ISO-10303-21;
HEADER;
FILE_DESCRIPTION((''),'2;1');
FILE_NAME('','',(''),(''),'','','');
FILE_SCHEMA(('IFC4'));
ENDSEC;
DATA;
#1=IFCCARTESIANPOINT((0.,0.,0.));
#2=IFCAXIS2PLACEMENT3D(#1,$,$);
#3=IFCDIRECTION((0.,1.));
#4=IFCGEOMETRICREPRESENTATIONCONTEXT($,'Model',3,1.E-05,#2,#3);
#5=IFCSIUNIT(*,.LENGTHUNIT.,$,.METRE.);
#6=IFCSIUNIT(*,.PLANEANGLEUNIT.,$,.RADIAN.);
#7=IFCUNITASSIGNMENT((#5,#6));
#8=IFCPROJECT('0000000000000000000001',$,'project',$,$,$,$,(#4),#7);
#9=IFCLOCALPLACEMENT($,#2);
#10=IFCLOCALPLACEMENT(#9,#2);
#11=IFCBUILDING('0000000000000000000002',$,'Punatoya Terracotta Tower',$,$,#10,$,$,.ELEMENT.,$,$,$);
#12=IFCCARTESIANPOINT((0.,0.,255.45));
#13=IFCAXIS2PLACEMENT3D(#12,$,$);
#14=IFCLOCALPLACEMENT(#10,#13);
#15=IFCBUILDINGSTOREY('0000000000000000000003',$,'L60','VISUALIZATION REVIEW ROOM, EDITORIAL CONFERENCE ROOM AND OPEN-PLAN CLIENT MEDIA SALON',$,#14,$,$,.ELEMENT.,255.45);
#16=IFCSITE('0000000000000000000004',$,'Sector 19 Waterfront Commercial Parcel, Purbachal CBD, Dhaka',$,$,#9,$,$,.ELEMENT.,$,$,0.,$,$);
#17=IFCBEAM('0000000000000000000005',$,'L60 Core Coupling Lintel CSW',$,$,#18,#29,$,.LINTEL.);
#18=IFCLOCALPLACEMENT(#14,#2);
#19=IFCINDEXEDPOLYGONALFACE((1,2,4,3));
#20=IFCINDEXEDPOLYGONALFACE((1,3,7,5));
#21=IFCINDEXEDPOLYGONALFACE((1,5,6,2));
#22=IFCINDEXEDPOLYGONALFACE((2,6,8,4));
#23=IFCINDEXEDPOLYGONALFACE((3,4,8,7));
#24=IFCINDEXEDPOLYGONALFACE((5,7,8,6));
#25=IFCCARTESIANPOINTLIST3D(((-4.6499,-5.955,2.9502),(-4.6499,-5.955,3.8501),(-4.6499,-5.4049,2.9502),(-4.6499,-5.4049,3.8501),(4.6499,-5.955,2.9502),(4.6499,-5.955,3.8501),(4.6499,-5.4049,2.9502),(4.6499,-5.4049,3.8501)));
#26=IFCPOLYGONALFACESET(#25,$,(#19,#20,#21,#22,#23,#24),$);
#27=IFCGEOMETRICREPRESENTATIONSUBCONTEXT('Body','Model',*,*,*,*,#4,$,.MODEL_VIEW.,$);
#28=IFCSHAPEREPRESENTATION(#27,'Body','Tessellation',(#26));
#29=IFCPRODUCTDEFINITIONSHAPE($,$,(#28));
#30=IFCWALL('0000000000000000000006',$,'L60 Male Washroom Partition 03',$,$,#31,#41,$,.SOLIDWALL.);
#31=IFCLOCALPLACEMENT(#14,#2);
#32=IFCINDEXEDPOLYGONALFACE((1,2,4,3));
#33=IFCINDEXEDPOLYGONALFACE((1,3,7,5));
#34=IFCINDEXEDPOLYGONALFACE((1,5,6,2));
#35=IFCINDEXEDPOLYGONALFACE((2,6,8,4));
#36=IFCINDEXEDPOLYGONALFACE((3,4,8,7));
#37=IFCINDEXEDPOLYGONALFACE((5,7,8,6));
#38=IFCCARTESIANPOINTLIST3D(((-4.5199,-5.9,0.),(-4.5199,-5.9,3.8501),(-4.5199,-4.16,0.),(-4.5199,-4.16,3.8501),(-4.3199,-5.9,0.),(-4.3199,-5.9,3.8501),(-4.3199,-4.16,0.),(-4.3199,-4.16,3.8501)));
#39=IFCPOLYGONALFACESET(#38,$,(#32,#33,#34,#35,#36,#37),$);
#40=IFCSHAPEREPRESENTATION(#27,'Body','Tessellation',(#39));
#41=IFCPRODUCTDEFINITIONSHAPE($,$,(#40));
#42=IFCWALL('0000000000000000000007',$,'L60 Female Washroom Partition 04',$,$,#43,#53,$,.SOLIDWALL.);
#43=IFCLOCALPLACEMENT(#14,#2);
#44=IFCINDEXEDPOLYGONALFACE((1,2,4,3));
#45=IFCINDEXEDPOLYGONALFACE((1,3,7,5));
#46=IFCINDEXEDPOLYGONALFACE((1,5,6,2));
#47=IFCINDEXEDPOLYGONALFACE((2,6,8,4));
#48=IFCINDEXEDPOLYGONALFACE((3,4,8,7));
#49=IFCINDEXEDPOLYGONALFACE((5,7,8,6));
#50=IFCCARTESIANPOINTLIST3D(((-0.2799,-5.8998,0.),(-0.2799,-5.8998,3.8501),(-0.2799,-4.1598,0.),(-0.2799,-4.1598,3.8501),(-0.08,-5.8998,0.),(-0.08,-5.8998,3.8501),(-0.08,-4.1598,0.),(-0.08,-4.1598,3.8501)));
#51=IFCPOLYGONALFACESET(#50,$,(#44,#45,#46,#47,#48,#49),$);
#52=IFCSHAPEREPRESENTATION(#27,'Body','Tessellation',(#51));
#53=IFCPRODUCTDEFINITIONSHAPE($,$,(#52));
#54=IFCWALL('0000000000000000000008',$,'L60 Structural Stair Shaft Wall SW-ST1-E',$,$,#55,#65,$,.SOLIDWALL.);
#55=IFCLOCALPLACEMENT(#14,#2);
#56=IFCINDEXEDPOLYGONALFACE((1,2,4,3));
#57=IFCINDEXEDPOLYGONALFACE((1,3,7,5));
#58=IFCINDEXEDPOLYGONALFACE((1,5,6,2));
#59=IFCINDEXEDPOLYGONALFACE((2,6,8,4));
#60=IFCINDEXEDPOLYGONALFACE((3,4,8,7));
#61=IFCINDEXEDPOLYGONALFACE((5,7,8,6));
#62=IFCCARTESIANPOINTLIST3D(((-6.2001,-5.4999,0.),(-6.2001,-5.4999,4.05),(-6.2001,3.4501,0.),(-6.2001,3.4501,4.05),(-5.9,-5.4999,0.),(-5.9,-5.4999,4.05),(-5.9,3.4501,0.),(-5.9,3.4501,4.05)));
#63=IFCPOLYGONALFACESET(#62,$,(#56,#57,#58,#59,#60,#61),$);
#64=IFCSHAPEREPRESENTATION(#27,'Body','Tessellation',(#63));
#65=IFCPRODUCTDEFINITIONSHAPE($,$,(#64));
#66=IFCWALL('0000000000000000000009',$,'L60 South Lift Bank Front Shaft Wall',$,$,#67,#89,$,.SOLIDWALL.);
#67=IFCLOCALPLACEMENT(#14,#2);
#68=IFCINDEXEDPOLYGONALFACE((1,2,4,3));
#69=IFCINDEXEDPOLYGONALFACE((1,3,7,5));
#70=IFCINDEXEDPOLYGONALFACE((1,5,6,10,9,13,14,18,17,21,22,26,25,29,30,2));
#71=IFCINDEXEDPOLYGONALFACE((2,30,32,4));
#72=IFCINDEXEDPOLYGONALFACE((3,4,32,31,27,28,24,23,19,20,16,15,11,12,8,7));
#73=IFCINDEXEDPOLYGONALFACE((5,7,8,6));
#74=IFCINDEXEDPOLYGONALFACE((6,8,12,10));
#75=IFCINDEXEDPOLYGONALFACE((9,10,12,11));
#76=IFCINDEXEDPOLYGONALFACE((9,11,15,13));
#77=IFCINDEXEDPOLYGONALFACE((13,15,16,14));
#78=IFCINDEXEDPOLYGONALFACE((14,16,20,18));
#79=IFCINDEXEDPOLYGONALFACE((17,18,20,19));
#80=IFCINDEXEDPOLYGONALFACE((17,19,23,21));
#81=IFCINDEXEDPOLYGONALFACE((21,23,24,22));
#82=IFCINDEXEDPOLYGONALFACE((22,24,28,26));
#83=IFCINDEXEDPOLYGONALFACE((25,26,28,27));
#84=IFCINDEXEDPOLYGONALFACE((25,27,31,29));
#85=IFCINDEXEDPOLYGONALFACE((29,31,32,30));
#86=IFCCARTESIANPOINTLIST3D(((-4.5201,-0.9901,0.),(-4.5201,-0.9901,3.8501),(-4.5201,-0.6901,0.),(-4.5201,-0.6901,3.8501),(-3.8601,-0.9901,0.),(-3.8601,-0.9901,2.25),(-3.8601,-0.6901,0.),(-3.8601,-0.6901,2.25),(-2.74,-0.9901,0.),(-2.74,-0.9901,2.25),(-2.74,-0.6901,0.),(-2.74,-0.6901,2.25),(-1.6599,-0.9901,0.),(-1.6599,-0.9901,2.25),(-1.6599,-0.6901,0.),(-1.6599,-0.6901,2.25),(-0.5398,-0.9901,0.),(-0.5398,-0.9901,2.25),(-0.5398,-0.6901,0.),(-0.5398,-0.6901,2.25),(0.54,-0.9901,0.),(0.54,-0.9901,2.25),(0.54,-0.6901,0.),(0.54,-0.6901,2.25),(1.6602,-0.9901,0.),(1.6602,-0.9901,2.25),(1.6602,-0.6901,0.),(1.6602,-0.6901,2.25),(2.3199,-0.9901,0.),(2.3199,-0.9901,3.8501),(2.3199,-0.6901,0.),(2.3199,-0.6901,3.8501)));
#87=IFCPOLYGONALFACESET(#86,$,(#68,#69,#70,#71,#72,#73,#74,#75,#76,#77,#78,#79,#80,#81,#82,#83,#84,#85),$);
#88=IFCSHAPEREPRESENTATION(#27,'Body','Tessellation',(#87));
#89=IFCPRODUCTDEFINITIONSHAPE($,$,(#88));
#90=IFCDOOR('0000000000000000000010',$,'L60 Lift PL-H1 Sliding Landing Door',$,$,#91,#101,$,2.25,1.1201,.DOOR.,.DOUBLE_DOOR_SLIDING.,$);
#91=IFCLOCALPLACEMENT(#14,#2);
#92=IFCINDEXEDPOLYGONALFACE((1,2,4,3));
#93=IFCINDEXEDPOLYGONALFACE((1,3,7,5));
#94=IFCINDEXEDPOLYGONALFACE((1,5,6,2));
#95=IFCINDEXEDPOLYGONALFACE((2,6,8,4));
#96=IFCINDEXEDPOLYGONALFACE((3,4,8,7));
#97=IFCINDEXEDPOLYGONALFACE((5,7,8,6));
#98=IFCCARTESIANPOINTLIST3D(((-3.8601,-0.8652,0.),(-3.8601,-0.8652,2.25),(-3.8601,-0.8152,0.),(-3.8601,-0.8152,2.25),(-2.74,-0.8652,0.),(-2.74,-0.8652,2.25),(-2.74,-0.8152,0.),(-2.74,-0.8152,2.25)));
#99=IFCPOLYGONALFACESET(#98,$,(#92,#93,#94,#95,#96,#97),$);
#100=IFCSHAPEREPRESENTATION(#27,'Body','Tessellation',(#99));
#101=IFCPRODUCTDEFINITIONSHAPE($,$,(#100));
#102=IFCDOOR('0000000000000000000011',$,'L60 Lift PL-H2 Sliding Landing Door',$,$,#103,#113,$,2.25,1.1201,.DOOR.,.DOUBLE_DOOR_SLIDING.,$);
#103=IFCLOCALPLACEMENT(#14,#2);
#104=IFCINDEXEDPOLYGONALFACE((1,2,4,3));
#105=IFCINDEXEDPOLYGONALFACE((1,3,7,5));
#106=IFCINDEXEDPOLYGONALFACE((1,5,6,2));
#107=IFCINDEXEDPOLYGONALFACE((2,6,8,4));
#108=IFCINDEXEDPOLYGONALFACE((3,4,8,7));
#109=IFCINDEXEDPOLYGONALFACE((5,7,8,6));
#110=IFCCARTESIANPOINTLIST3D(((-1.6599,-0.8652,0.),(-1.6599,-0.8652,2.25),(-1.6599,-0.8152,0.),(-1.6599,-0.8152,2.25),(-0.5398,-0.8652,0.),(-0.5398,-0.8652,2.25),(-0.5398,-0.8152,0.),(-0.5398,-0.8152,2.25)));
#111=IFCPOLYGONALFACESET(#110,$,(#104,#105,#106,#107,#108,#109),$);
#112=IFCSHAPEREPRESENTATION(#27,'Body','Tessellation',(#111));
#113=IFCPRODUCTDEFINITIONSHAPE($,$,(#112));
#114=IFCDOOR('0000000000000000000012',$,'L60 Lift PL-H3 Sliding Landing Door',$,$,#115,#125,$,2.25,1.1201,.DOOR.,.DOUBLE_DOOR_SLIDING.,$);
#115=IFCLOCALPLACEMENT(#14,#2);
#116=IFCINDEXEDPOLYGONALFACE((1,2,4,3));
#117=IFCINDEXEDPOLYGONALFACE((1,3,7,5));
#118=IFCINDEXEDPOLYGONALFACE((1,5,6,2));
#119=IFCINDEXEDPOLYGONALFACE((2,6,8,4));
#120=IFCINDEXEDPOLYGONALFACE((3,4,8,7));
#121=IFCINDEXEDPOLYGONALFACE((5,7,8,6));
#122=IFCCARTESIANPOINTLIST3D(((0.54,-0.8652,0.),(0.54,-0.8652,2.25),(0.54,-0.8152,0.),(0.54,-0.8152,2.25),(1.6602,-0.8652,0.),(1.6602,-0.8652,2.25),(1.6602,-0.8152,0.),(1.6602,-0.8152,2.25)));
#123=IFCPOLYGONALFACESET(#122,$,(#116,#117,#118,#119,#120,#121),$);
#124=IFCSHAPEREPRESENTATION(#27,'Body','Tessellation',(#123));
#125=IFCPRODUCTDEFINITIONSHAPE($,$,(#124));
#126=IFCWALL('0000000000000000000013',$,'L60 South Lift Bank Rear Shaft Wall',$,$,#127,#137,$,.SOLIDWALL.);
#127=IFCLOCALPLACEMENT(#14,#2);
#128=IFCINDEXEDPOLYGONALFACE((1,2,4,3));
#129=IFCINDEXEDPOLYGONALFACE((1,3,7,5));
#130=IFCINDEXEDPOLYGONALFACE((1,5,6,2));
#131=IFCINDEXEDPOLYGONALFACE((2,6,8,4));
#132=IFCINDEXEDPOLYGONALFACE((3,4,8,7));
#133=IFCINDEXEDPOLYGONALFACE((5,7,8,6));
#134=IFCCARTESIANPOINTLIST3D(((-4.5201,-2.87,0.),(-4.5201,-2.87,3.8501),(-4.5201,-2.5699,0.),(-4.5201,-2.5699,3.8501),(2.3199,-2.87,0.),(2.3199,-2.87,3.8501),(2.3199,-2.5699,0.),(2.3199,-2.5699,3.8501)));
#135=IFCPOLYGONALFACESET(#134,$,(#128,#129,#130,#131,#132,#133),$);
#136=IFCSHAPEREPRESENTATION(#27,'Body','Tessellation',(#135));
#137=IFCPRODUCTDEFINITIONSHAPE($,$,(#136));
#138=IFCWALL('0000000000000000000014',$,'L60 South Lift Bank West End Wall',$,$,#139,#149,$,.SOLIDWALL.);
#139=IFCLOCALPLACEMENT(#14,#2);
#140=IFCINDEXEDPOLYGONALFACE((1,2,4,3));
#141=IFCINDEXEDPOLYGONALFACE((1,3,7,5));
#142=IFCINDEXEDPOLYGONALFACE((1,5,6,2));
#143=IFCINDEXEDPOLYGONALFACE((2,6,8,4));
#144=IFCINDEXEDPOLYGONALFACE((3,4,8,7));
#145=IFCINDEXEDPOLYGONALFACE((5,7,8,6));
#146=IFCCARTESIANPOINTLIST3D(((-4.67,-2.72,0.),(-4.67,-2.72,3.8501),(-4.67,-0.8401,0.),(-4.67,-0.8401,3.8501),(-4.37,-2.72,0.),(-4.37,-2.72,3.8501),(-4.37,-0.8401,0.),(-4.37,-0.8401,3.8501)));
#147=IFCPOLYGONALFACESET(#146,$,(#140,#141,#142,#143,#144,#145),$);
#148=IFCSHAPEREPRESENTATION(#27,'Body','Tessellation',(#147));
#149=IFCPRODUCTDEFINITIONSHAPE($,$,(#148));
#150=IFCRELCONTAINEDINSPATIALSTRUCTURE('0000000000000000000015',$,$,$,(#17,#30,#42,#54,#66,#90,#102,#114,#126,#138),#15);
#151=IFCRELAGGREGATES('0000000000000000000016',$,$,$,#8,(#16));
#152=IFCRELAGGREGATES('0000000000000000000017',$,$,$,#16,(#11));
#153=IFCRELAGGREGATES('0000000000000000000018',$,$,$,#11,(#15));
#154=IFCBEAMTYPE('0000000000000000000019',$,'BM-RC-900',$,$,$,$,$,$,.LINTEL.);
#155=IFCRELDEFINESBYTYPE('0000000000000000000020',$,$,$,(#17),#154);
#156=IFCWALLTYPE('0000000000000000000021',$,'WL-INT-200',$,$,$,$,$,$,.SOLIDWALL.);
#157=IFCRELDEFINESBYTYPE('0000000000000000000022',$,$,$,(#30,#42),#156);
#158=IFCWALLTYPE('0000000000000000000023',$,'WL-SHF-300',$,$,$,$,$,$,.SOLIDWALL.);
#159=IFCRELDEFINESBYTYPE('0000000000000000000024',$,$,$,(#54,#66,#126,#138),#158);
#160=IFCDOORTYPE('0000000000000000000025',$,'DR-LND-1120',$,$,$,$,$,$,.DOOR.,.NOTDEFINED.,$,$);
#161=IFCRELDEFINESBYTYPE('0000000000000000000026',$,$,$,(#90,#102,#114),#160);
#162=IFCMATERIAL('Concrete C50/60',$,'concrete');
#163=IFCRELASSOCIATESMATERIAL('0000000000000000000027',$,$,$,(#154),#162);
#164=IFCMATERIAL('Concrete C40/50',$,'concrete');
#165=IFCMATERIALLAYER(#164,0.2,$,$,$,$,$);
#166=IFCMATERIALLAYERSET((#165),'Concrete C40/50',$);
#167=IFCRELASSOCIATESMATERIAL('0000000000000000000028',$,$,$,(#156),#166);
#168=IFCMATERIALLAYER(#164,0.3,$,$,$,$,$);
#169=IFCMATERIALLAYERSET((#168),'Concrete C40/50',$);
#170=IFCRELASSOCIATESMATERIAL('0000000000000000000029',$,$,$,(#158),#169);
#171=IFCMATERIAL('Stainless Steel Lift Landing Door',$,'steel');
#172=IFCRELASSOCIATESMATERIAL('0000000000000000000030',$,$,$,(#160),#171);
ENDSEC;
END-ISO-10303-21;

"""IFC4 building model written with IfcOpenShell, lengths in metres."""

from ifc_helpers import new_model, si_unit, direction, frame, frame_2d, origin, origin_2d, place, context, subcontext, project, spatial, rectangle, extrude, material, layer, layer_set, material_profile, profile_set, type_object, element, fill, save


model = new_model("IFC4")

# Units and contexts
model_context = context("Model", 3, precision=1e-05, world=origin(), true_north=direction((0.0, 1.0)))
body_context = subcontext(model_context, "Body", "Model", "MODEL_VIEW")
ifc_project = project(units=[si_unit("LENGTHUNIT", "METRE"), si_unit("PLANEANGLEUNIT", "RADIAN")], contexts=[model_context])

# Site, building, storey
site_placement = place(None, origin())
site = spatial("IfcSite", under=ifc_project, at=site_placement, Name="Sector 19 Waterfront Commercial Parcel, Purbachal CBD, Dhaka", CompositionType="ELEMENT", RefElevation=0.0)
building_placement = place(site_placement, origin())
building = spatial("IfcBuilding", under=site, at=building_placement, Name="Punatoya Terracotta Tower", CompositionType="ELEMENT")
storey_placement = place(building_placement, frame((0.0, 0.0, 255.45)))
storey = spatial("IfcBuildingStorey", under=building, at=storey_placement, Name="L60", Description="VISUALIZATION REVIEW ROOM, EDITORIAL CONFERENCE ROOM AND OPEN-PLAN CLIENT MEDIA SALON", CompositionType="ELEMENT", Elevation=255.45)

# Beam
ifc_material_1 = material(Name="Concrete C50/60", Category="concrete")
ifc_material_profile = material_profile(ifc_material_1, rectangle(XDim=0.55, YDim=0.8999, at=origin_2d()))
ifc_profile_set = profile_set([ifc_material_profile], Name="Concrete C50/60")
beam_type = type_object("IfcBeamType", Name="BM-RC-900", PredefinedType="LINTEL", material=ifc_profile_set)
beam_placement = place(storey_placement, frame((-4.6499, -5.6799, 3.4001), z_axis=(1.0, 0.0, 0.0), x_axis=(0.0, 1.0, 0.0)))
element("IfcBeam", 1, at=beam_placement, inside=storey, type_object=beam_type, Name="L60 Core Coupling Lintel CSW", PredefinedType="LINTEL", context=body_context, shape_type="SweptSolid", body=[
    extrude(rectangle(XDim=0.55, YDim=0.8999, at=origin_2d()), origin(), (0.0, 0.0, 1.0), 9.2998),
])

# Shared definitions
ifc_material_2 = material(Name="Concrete C40/50", Category="concrete")
ifc_layer_1 = layer(ifc_material_2, 0.2)
ifc_layer_set_1 = layer_set([ifc_layer_1], Name="Concrete C40/50")
wall_type_1 = type_object("IfcWallType", Name="WL-INT-200", PredefinedType="SOLIDWALL", material=ifc_layer_set_1)

# Walls
for number, where, z_axis, x_axis, name in (
    (2, (-4.4199, -4.1599, 0.0), (0.0, 0.0, 1.0), (0.0, -1.0, 0.0), "L60 Male Washroom Partition 03"),
    (3, (-0.1799, -5.8999, 0.0), (0.0, 0.0, 1.0), (0.0, 1.0, 0.0), "L60 Female Washroom Partition 04"),
):
    element("IfcWall", number, at=place(storey_placement, frame(where, z_axis=z_axis, x_axis=x_axis)), inside=storey, type_object=wall_type_1, Name=name, PredefinedType="SOLIDWALL", context=body_context, shape_type="SweptSolid", body=[
        extrude(rectangle(XDim=1.74, YDim=0.2, at=frame_2d((0.8701, 0.0))), origin(), (0.0, 0.0, 1.0), 3.8501),
    ])

# Wall
ifc_layer_2 = layer(ifc_material_2, 0.3)
ifc_layer_set_2 = layer_set([ifc_layer_2], Name="Concrete C40/50")
wall_type_2 = type_object("IfcWallType", Name="WL-SHF-300", PredefinedType="SOLIDWALL", material=ifc_layer_set_2)
wall_1_placement = place(storey_placement, frame((-6.05, -5.5, 0.0), z_axis=(0.0, 0.0, 1.0), x_axis=(0.0, 1.0, 0.0)))
element("IfcWall", 4, at=wall_1_placement, inside=storey, type_object=wall_type_2, Name="L60 Structural Stair Shaft Wall SW-ST1-E", PredefinedType="SOLIDWALL", context=body_context, shape_type="SweptSolid", body=[
    extrude(rectangle(XDim=8.95, YDim=0.3, at=frame_2d((4.4751, 0.0))), origin(), (0.0, 0.0, 1.0), 4.05),
])

# Wall, openings, doors
wall_2_placement = place(storey_placement, frame((-4.52, -0.8401, 0.0), z_axis=(0.0, 0.0, 1.0), x_axis=(1.0, 0.0, 0.0)))
wall_2 = element("IfcWall", 5, at=wall_2_placement, inside=storey, type_object=wall_type_2, Name="L60 South Lift Bank Front Shaft Wall", PredefinedType="SOLIDWALL", context=body_context, shape_type="SweptSolid", body=[
    extrude(rectangle(XDim=6.8401, YDim=0.3, at=frame_2d((3.4199, 0.0))), origin(), (0.0, 0.0, 1.0), 3.8501),
])
opening_1_placement = place(wall_2_placement, frame((0.6599, 0.0, 0.0)))
opening_1 = element("IfcOpeningElement", 6, at=opening_1_placement, cuts=wall_2, PredefinedType="OPENING", context=body_context, shape_type="SweptSolid", body=[
    extrude(rectangle(XDim=1.1201, YDim=2.25, at=frame_2d((0.5601, 1.125))), frame((0.0, 0.1599, 0.0), z_axis=(0.0, -1.0, 0.0), x_axis=(1.0, 0.0, 0.0)), (0.0, 0.0, 1.0), 0.3201),
])
opening_2_placement = place(wall_2_placement, frame((2.8601, 0.0, 0.0)))
opening_2 = element("IfcOpeningElement", 7, at=opening_2_placement, cuts=wall_2, PredefinedType="OPENING", context=body_context, shape_type="SweptSolid", body=[
    extrude(rectangle(XDim=1.1201, YDim=2.25, at=frame_2d((0.5601, 1.125))), frame((0.0, 0.1599, 0.0), z_axis=(0.0, -1.0, 0.0), x_axis=(1.0, 0.0, 0.0)), (0.0, 0.0, 1.0), 0.3201),
])
opening_3_placement = place(wall_2_placement, frame((5.0601, 0.0, 0.0)))
opening_3 = element("IfcOpeningElement", 8, at=opening_3_placement, cuts=wall_2, PredefinedType="OPENING", context=body_context, shape_type="SweptSolid", body=[
    extrude(rectangle(XDim=1.1201, YDim=2.25, at=frame_2d((0.5601, 1.125))), frame((0.0, 0.1599, 0.0), z_axis=(0.0, -1.0, 0.0), x_axis=(1.0, 0.0, 0.0)), (0.0, 0.0, 1.0), 0.3201),
])
ifc_material_3 = material(Name="Stainless Steel Lift Landing Door", Category="steel")
door_type_1 = type_object("IfcDoorType", Name="DR-LND-1120", OperationType="NOTDEFINED", PredefinedType="DOOR", material=ifc_material_3)
door_1_placement = place(opening_1_placement, origin())
door_1 = element("IfcDoor", 9, at=door_1_placement, inside=storey, type_object=door_type_1, Name="L60 Lift PL-H1 Sliding Landing Door", OperationType="DOUBLE_DOOR_SLIDING", OverallHeight=2.25, OverallWidth=1.1201, PredefinedType="DOOR", context=body_context, shape_type="SweptSolid", body=[
    extrude(rectangle(XDim=1.1201, YDim=2.25, at=frame_2d((0.5601, 1.125))), frame((0.0, 0.0249, 0.0), z_axis=(0.0, -1.0, 0.0), x_axis=(1.0, 0.0, 0.0)), (0.0, 0.0, 1.0), 0.05),
])
fill(opening_1, door_1)
door_2_placement = place(opening_2_placement, origin())
door_2 = element("IfcDoor", 10, at=door_2_placement, inside=storey, type_object=door_type_1, Name="L60 Lift PL-H2 Sliding Landing Door", OperationType="DOUBLE_DOOR_SLIDING", OverallHeight=2.25, OverallWidth=1.1201, PredefinedType="DOOR", context=body_context, shape_type="SweptSolid", body=[
    extrude(rectangle(XDim=1.1201, YDim=2.25, at=frame_2d((0.5601, 1.125))), frame((0.0, 0.0249, 0.0), z_axis=(0.0, -1.0, 0.0), x_axis=(1.0, 0.0, 0.0)), (0.0, 0.0, 1.0), 0.05),
])
fill(opening_2, door_2)
door_3_placement = place(opening_3_placement, origin())
door_3 = element("IfcDoor", 11, at=door_3_placement, inside=storey, type_object=door_type_1, Name="L60 Lift PL-H3 Sliding Landing Door", OperationType="DOUBLE_DOOR_SLIDING", OverallHeight=2.25, OverallWidth=1.1201, PredefinedType="DOOR", context=body_context, shape_type="SweptSolid", body=[
    extrude(rectangle(XDim=1.1201, YDim=2.25, at=frame_2d((0.5601, 1.125))), frame((0.0, 0.0249, 0.0), z_axis=(0.0, -1.0, 0.0), x_axis=(1.0, 0.0, 0.0)), (0.0, 0.0, 1.0), 0.05),
])
fill(opening_3, door_3)

# Walls
wall_3_placement = place(storey_placement, frame((-4.52, -2.72, 0.0), z_axis=(0.0, 0.0, 1.0), x_axis=(1.0, 0.0, 0.0)))
element("IfcWall", 12, at=wall_3_placement, inside=storey, type_object=wall_type_2, Name="L60 South Lift Bank Rear Shaft Wall", PredefinedType="SOLIDWALL", context=body_context, shape_type="SweptSolid", body=[
    extrude(rectangle(XDim=6.8401, YDim=0.3, at=frame_2d((3.4199, 0.0))), origin(), (0.0, 0.0, 1.0), 3.8501),
])
wall_4_placement = place(storey_placement, frame((-4.52, -2.72, 0.0), z_axis=(0.0, 0.0, 1.0), x_axis=(0.0, 1.0, 0.0)))
element("IfcWall", 13, at=wall_4_placement, inside=storey, type_object=wall_type_2, Name="L60 South Lift Bank West End Wall", PredefinedType="SOLIDWALL", context=body_context, shape_type="SweptSolid", body=[
    extrude(rectangle(XDim=1.8799, YDim=0.3, at=frame_2d((0.9399, 0.0))), origin(), (0.0, 0.0, 1.0), 3.8501),
])

save(model, "model.ifc")
